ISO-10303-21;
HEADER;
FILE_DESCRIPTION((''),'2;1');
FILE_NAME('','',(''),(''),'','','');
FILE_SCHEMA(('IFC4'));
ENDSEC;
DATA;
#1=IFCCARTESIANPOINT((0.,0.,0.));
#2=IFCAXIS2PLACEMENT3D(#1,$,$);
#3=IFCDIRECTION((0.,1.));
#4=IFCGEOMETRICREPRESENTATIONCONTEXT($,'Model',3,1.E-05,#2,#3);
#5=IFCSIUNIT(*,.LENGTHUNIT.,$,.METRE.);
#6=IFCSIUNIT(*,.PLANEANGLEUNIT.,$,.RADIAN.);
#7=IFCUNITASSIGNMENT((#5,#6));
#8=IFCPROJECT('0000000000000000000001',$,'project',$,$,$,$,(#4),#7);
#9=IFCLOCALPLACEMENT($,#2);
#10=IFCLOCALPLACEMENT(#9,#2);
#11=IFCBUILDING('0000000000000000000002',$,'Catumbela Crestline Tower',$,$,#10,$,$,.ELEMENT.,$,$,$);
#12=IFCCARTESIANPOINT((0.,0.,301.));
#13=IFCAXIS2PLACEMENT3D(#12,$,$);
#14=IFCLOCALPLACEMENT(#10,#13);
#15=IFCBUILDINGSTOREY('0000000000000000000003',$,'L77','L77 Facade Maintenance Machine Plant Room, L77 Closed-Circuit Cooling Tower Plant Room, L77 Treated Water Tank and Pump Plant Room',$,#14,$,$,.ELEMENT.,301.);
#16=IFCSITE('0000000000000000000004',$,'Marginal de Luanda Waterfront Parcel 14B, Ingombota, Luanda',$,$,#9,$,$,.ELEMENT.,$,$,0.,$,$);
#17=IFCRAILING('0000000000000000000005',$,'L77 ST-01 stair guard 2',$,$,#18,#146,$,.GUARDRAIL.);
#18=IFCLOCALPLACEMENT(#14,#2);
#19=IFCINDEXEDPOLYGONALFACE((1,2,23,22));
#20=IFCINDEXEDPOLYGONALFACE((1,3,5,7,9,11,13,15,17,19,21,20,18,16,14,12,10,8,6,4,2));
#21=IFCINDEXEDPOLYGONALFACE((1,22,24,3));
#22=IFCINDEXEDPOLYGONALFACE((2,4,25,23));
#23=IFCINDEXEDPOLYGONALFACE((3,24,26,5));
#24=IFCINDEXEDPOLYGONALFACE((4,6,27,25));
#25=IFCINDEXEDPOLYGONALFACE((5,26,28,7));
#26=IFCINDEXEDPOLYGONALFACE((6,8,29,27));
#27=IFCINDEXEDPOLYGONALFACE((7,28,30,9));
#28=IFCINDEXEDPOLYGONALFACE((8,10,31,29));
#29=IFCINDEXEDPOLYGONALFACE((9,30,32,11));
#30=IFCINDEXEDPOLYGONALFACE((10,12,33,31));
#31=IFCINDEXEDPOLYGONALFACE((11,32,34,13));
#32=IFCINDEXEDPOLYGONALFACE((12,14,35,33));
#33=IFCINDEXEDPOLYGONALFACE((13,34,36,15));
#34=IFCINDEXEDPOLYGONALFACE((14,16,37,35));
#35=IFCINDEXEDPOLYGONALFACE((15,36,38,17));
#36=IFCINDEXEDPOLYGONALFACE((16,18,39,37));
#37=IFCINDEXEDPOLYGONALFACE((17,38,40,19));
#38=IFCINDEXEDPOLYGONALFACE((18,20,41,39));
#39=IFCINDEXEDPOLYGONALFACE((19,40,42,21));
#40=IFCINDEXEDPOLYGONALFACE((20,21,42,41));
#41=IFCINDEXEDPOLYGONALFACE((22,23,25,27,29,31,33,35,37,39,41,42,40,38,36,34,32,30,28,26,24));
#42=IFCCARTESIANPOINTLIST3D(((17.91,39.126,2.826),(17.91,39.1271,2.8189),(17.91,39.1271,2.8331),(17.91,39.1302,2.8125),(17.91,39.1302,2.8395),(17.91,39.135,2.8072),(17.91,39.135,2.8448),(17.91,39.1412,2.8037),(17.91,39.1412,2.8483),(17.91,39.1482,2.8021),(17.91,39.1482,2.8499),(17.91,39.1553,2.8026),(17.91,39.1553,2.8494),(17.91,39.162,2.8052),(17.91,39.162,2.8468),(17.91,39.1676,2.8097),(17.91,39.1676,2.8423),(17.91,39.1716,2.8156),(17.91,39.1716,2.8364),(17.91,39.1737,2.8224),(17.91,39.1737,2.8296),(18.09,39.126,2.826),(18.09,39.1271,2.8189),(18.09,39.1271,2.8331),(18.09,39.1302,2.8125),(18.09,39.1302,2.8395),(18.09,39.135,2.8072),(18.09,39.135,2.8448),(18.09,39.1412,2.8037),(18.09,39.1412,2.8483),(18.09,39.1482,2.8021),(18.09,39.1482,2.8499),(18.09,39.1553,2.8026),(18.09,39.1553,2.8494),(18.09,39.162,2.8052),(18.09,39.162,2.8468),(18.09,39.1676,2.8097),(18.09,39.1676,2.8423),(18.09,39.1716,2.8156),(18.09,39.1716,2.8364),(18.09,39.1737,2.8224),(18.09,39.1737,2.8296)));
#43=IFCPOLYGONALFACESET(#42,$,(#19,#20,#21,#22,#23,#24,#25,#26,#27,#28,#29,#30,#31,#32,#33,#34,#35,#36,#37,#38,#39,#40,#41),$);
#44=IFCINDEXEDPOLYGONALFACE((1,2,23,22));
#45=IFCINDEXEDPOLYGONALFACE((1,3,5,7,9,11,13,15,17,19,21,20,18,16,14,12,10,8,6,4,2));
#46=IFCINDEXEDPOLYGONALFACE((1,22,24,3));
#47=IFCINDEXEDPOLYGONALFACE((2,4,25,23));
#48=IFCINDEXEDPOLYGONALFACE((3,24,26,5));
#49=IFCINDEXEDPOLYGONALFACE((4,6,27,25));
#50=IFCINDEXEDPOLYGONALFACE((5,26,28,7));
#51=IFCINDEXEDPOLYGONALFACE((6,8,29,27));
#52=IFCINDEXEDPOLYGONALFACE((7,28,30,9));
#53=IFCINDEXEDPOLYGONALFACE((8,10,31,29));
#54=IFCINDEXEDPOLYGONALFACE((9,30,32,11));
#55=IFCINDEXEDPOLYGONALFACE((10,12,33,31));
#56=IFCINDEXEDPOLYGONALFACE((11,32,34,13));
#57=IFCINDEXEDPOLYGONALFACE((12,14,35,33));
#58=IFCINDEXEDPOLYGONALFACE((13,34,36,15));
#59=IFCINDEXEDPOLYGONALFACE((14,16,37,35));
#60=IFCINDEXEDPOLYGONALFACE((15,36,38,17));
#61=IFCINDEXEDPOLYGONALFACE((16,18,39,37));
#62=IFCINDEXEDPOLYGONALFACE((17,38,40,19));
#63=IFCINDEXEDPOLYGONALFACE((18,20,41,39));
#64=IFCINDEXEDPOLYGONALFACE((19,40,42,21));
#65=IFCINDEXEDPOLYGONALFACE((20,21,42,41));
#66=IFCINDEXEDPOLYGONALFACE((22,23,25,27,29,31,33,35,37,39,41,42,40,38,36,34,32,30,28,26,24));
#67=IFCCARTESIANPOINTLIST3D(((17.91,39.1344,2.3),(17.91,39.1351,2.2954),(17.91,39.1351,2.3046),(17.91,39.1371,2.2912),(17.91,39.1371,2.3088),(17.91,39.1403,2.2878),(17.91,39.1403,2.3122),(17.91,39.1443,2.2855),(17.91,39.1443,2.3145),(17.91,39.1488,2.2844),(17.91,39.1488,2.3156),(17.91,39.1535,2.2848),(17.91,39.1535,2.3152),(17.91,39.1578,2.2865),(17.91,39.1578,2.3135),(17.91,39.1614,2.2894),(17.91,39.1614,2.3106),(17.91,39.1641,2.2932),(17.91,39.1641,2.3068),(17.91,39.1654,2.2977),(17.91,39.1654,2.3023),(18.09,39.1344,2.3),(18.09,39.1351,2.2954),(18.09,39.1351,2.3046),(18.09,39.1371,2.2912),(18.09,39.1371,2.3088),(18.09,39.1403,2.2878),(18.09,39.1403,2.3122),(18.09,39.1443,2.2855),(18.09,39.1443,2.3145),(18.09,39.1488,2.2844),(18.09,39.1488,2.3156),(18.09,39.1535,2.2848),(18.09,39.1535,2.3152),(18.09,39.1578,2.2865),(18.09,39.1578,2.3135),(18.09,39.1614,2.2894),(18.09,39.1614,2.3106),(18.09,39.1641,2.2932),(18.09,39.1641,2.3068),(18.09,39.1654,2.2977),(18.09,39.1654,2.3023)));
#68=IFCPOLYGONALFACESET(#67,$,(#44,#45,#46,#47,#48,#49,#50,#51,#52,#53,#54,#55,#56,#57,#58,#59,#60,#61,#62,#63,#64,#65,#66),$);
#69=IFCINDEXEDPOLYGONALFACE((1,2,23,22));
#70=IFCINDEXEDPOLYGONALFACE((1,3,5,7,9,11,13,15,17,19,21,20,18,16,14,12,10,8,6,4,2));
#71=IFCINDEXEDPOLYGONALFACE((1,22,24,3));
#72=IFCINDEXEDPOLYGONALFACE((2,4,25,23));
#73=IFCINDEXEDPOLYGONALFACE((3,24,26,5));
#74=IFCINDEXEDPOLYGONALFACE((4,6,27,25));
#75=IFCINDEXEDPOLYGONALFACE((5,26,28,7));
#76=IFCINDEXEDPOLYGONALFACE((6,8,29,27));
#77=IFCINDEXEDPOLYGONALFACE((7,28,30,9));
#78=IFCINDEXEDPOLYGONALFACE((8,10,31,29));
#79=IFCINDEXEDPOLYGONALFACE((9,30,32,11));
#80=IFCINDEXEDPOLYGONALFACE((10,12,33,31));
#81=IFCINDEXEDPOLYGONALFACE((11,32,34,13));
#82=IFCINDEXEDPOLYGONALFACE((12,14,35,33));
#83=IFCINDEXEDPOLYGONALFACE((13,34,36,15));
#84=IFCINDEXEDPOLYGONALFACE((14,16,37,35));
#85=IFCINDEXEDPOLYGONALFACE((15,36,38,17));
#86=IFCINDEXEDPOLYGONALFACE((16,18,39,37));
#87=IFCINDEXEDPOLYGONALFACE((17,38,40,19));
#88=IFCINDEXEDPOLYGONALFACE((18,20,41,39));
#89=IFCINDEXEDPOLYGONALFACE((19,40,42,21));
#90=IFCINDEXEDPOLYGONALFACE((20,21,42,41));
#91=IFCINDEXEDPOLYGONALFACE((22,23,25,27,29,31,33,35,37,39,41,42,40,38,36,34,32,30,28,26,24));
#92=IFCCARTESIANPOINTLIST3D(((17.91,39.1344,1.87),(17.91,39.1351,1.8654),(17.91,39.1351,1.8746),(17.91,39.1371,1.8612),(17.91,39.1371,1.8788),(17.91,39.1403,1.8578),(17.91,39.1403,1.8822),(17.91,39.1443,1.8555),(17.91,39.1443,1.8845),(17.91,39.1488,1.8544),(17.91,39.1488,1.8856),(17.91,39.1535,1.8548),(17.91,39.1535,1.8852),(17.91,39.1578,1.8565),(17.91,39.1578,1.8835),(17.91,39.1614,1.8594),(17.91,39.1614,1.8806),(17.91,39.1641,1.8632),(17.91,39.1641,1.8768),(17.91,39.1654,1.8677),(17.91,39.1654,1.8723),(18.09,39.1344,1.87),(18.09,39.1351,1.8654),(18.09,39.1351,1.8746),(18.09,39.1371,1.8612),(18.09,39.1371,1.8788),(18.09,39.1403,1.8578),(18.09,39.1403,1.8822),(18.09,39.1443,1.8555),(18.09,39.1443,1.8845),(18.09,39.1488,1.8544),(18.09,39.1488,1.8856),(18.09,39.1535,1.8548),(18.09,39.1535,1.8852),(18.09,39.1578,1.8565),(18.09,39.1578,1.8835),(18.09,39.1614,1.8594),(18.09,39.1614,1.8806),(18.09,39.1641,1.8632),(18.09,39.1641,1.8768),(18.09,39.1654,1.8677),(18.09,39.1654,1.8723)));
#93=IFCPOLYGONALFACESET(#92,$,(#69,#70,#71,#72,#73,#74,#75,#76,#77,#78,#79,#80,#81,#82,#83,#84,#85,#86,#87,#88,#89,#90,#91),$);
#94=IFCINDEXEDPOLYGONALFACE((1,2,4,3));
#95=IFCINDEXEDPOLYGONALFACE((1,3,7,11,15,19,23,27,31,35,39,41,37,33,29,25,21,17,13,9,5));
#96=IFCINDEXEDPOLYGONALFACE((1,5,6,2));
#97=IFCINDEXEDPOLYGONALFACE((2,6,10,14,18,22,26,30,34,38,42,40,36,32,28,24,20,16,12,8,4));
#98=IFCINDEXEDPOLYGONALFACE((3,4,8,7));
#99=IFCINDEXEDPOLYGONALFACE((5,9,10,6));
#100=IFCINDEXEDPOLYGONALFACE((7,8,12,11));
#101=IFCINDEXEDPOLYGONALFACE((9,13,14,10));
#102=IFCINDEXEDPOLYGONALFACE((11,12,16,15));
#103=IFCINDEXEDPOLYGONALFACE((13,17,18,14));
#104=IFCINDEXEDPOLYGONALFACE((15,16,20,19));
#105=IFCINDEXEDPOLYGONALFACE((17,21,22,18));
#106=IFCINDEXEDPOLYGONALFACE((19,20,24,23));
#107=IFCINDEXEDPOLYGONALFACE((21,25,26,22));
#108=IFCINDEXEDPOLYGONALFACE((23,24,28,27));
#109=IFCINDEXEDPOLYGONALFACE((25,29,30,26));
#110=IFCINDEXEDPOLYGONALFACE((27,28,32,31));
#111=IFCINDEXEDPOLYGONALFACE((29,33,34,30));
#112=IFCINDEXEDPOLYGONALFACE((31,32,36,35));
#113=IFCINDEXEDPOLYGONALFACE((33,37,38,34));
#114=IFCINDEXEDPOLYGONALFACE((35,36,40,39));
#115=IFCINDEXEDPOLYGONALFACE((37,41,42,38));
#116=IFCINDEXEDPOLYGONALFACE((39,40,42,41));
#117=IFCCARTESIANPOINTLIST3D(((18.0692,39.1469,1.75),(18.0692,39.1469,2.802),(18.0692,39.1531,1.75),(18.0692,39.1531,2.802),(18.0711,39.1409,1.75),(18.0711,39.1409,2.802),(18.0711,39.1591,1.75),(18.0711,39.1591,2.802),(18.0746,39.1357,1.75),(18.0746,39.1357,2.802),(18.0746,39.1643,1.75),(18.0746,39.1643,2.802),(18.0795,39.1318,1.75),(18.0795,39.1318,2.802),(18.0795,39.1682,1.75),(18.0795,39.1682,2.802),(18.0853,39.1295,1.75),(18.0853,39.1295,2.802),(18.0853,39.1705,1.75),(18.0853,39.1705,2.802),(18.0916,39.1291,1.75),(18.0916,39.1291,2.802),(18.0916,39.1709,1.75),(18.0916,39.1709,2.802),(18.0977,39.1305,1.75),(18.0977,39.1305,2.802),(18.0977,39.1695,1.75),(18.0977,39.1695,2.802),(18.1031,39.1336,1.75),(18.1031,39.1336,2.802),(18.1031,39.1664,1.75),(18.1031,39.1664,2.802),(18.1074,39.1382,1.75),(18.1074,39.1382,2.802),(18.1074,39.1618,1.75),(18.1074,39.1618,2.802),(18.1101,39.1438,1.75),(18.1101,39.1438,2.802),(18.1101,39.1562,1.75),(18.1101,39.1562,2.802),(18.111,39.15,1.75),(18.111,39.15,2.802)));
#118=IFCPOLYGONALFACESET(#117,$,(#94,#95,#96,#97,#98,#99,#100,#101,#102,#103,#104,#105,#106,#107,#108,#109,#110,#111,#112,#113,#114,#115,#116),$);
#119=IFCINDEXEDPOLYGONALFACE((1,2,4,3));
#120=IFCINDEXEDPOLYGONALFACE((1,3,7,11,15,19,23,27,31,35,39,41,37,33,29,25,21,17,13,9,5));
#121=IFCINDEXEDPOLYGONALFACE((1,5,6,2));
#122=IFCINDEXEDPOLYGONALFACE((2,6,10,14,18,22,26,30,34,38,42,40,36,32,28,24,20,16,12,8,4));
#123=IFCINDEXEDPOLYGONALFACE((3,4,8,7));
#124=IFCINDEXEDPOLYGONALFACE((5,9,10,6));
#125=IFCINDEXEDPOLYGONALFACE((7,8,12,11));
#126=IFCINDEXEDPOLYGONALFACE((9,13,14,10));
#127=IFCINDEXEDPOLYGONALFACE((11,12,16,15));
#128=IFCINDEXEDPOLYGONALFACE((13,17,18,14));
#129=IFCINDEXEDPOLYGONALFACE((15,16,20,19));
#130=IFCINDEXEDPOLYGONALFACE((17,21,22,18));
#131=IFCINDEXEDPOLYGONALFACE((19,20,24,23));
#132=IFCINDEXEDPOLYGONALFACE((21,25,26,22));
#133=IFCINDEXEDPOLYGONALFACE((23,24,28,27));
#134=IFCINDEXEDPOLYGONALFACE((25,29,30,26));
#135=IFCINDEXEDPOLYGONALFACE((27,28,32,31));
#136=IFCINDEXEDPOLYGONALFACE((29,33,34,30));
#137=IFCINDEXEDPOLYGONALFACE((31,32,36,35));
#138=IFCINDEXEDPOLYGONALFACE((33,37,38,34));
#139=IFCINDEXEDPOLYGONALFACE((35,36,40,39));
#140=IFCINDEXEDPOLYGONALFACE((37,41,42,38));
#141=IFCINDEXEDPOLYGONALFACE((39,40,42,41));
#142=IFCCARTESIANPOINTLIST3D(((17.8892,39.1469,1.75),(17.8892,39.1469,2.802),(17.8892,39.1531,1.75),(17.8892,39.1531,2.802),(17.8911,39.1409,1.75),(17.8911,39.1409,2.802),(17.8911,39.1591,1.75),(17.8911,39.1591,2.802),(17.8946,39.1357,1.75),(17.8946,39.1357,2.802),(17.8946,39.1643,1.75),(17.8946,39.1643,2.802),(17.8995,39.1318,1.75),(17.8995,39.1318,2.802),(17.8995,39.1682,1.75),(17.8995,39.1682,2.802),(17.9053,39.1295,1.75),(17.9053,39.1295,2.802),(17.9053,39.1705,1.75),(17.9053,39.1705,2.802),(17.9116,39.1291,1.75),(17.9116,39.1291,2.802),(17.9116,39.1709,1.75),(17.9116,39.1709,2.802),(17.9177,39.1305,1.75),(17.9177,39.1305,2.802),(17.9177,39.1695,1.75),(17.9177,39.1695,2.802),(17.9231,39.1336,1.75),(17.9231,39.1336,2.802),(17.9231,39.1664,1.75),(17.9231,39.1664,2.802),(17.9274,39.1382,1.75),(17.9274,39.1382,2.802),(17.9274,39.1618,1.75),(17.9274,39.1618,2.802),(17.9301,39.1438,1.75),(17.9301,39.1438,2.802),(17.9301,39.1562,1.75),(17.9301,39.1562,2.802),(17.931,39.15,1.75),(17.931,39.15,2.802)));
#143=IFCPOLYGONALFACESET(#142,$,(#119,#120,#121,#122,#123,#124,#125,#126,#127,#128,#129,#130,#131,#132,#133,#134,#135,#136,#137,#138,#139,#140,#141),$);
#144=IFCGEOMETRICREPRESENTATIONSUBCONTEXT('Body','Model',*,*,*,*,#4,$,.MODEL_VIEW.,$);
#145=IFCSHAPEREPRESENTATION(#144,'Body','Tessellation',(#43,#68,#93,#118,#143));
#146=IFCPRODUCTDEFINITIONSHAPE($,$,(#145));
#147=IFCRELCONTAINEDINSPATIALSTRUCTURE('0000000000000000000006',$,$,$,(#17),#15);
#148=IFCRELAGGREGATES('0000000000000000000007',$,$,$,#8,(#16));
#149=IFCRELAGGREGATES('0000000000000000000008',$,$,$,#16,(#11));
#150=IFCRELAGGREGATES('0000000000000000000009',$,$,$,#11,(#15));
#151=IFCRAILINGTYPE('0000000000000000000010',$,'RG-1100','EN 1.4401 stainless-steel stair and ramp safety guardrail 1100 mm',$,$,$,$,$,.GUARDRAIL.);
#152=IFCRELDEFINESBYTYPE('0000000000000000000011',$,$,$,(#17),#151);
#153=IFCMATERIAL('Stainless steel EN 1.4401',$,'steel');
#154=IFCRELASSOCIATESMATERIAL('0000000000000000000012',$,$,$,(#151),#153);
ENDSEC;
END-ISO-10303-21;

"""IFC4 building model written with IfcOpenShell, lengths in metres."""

from ifc_helpers import new_model, si_unit, direction, frame, origin, origin_2d, place, context, subcontext, project, spatial, circle, extrude, material, type_object, element, save


model = new_model("IFC4")

# Units and contexts
model_context = context("Model", 3, precision=1e-05, world=origin(), true_north=direction((0.0, 1.0)))
body_context = subcontext(model_context, "Body", "Model", "MODEL_VIEW")
ifc_project = project(units=[si_unit("LENGTHUNIT", "METRE"), si_unit("PLANEANGLEUNIT", "RADIAN")], contexts=[model_context])

# Site, building, storey
site_placement = place(None, origin())
site = spatial("IfcSite", under=ifc_project, at=site_placement, Name="Marginal de Luanda Waterfront Parcel 14B, Ingombota, Luanda", CompositionType="ELEMENT", RefElevation=0.0)
building_placement = place(site_placement, origin())
building = spatial("IfcBuilding", under=site, at=building_placement, Name="Catumbela Crestline Tower", CompositionType="ELEMENT")
storey_placement = place(building_placement, frame((0.0, 0.0, 301.0)))
storey = spatial("IfcBuildingStorey", under=building, at=storey_placement, Name="L77", Description="L77 Facade Maintenance Machine Plant Room, L77 Closed-Circuit Cooling Tower Plant Room, L77 Treated Water Tank and Pump Plant Room", CompositionType="ELEMENT", Elevation=301.0)

# Shared definitions
ifc_material_1 = material(Name="Stainless steel EN 1.4401", Category="steel")

# Railing
railing_type_1 = type_object("IfcRailingType", Name="RG-1100", Description="EN 1.4401 stainless-steel stair and ramp safety guardrail 1100 mm", PredefinedType="GUARDRAIL", material=ifc_material_1)
railing_1_placement = place(storey_placement, frame((18.09, 39.15, 1.75)))
element("IfcRailing", 1, at=railing_1_placement, inside=storey, type_object=railing_type_1, Name="L77 ST-01 stair guard 2", PredefinedType="GUARDRAIL", context=body_context, shape_type="SweptSolid", body=[
    extrude(circle(Radius=0.024, at=origin_2d()), frame((0.0, 0.0, 1.076), z_axis=(-1.0, 0.0, 0.0), x_axis=(0.0, -1.0, 0.0)), (0.0, 0.0, 1.0), 0.18),
    extrude(circle(Radius=0.0156, at=origin_2d()), frame((0.0, 0.0, 0.55), z_axis=(-1.0, 0.0, 0.0), x_axis=(0.0, -1.0, 0.0)), (0.0, 0.0, 1.0), 0.18),
    extrude(circle(Radius=0.0156, at=origin_2d()), frame((0.0, 0.0, 0.12), z_axis=(-1.0, 0.0, 0.0), x_axis=(0.0, -1.0, 0.0)), (0.0, 0.0, 1.0), 0.18),
    extrude(circle(Radius=0.021, at=origin_2d()), origin(), (0.0, 0.0, 1.0), 1.052),
    extrude(circle(Radius=0.021, at=origin_2d()), frame((-0.18, 0.0, 0.0)), (0.0, 0.0, 1.0), 1.052),
])

save(model, "model.ifc")
